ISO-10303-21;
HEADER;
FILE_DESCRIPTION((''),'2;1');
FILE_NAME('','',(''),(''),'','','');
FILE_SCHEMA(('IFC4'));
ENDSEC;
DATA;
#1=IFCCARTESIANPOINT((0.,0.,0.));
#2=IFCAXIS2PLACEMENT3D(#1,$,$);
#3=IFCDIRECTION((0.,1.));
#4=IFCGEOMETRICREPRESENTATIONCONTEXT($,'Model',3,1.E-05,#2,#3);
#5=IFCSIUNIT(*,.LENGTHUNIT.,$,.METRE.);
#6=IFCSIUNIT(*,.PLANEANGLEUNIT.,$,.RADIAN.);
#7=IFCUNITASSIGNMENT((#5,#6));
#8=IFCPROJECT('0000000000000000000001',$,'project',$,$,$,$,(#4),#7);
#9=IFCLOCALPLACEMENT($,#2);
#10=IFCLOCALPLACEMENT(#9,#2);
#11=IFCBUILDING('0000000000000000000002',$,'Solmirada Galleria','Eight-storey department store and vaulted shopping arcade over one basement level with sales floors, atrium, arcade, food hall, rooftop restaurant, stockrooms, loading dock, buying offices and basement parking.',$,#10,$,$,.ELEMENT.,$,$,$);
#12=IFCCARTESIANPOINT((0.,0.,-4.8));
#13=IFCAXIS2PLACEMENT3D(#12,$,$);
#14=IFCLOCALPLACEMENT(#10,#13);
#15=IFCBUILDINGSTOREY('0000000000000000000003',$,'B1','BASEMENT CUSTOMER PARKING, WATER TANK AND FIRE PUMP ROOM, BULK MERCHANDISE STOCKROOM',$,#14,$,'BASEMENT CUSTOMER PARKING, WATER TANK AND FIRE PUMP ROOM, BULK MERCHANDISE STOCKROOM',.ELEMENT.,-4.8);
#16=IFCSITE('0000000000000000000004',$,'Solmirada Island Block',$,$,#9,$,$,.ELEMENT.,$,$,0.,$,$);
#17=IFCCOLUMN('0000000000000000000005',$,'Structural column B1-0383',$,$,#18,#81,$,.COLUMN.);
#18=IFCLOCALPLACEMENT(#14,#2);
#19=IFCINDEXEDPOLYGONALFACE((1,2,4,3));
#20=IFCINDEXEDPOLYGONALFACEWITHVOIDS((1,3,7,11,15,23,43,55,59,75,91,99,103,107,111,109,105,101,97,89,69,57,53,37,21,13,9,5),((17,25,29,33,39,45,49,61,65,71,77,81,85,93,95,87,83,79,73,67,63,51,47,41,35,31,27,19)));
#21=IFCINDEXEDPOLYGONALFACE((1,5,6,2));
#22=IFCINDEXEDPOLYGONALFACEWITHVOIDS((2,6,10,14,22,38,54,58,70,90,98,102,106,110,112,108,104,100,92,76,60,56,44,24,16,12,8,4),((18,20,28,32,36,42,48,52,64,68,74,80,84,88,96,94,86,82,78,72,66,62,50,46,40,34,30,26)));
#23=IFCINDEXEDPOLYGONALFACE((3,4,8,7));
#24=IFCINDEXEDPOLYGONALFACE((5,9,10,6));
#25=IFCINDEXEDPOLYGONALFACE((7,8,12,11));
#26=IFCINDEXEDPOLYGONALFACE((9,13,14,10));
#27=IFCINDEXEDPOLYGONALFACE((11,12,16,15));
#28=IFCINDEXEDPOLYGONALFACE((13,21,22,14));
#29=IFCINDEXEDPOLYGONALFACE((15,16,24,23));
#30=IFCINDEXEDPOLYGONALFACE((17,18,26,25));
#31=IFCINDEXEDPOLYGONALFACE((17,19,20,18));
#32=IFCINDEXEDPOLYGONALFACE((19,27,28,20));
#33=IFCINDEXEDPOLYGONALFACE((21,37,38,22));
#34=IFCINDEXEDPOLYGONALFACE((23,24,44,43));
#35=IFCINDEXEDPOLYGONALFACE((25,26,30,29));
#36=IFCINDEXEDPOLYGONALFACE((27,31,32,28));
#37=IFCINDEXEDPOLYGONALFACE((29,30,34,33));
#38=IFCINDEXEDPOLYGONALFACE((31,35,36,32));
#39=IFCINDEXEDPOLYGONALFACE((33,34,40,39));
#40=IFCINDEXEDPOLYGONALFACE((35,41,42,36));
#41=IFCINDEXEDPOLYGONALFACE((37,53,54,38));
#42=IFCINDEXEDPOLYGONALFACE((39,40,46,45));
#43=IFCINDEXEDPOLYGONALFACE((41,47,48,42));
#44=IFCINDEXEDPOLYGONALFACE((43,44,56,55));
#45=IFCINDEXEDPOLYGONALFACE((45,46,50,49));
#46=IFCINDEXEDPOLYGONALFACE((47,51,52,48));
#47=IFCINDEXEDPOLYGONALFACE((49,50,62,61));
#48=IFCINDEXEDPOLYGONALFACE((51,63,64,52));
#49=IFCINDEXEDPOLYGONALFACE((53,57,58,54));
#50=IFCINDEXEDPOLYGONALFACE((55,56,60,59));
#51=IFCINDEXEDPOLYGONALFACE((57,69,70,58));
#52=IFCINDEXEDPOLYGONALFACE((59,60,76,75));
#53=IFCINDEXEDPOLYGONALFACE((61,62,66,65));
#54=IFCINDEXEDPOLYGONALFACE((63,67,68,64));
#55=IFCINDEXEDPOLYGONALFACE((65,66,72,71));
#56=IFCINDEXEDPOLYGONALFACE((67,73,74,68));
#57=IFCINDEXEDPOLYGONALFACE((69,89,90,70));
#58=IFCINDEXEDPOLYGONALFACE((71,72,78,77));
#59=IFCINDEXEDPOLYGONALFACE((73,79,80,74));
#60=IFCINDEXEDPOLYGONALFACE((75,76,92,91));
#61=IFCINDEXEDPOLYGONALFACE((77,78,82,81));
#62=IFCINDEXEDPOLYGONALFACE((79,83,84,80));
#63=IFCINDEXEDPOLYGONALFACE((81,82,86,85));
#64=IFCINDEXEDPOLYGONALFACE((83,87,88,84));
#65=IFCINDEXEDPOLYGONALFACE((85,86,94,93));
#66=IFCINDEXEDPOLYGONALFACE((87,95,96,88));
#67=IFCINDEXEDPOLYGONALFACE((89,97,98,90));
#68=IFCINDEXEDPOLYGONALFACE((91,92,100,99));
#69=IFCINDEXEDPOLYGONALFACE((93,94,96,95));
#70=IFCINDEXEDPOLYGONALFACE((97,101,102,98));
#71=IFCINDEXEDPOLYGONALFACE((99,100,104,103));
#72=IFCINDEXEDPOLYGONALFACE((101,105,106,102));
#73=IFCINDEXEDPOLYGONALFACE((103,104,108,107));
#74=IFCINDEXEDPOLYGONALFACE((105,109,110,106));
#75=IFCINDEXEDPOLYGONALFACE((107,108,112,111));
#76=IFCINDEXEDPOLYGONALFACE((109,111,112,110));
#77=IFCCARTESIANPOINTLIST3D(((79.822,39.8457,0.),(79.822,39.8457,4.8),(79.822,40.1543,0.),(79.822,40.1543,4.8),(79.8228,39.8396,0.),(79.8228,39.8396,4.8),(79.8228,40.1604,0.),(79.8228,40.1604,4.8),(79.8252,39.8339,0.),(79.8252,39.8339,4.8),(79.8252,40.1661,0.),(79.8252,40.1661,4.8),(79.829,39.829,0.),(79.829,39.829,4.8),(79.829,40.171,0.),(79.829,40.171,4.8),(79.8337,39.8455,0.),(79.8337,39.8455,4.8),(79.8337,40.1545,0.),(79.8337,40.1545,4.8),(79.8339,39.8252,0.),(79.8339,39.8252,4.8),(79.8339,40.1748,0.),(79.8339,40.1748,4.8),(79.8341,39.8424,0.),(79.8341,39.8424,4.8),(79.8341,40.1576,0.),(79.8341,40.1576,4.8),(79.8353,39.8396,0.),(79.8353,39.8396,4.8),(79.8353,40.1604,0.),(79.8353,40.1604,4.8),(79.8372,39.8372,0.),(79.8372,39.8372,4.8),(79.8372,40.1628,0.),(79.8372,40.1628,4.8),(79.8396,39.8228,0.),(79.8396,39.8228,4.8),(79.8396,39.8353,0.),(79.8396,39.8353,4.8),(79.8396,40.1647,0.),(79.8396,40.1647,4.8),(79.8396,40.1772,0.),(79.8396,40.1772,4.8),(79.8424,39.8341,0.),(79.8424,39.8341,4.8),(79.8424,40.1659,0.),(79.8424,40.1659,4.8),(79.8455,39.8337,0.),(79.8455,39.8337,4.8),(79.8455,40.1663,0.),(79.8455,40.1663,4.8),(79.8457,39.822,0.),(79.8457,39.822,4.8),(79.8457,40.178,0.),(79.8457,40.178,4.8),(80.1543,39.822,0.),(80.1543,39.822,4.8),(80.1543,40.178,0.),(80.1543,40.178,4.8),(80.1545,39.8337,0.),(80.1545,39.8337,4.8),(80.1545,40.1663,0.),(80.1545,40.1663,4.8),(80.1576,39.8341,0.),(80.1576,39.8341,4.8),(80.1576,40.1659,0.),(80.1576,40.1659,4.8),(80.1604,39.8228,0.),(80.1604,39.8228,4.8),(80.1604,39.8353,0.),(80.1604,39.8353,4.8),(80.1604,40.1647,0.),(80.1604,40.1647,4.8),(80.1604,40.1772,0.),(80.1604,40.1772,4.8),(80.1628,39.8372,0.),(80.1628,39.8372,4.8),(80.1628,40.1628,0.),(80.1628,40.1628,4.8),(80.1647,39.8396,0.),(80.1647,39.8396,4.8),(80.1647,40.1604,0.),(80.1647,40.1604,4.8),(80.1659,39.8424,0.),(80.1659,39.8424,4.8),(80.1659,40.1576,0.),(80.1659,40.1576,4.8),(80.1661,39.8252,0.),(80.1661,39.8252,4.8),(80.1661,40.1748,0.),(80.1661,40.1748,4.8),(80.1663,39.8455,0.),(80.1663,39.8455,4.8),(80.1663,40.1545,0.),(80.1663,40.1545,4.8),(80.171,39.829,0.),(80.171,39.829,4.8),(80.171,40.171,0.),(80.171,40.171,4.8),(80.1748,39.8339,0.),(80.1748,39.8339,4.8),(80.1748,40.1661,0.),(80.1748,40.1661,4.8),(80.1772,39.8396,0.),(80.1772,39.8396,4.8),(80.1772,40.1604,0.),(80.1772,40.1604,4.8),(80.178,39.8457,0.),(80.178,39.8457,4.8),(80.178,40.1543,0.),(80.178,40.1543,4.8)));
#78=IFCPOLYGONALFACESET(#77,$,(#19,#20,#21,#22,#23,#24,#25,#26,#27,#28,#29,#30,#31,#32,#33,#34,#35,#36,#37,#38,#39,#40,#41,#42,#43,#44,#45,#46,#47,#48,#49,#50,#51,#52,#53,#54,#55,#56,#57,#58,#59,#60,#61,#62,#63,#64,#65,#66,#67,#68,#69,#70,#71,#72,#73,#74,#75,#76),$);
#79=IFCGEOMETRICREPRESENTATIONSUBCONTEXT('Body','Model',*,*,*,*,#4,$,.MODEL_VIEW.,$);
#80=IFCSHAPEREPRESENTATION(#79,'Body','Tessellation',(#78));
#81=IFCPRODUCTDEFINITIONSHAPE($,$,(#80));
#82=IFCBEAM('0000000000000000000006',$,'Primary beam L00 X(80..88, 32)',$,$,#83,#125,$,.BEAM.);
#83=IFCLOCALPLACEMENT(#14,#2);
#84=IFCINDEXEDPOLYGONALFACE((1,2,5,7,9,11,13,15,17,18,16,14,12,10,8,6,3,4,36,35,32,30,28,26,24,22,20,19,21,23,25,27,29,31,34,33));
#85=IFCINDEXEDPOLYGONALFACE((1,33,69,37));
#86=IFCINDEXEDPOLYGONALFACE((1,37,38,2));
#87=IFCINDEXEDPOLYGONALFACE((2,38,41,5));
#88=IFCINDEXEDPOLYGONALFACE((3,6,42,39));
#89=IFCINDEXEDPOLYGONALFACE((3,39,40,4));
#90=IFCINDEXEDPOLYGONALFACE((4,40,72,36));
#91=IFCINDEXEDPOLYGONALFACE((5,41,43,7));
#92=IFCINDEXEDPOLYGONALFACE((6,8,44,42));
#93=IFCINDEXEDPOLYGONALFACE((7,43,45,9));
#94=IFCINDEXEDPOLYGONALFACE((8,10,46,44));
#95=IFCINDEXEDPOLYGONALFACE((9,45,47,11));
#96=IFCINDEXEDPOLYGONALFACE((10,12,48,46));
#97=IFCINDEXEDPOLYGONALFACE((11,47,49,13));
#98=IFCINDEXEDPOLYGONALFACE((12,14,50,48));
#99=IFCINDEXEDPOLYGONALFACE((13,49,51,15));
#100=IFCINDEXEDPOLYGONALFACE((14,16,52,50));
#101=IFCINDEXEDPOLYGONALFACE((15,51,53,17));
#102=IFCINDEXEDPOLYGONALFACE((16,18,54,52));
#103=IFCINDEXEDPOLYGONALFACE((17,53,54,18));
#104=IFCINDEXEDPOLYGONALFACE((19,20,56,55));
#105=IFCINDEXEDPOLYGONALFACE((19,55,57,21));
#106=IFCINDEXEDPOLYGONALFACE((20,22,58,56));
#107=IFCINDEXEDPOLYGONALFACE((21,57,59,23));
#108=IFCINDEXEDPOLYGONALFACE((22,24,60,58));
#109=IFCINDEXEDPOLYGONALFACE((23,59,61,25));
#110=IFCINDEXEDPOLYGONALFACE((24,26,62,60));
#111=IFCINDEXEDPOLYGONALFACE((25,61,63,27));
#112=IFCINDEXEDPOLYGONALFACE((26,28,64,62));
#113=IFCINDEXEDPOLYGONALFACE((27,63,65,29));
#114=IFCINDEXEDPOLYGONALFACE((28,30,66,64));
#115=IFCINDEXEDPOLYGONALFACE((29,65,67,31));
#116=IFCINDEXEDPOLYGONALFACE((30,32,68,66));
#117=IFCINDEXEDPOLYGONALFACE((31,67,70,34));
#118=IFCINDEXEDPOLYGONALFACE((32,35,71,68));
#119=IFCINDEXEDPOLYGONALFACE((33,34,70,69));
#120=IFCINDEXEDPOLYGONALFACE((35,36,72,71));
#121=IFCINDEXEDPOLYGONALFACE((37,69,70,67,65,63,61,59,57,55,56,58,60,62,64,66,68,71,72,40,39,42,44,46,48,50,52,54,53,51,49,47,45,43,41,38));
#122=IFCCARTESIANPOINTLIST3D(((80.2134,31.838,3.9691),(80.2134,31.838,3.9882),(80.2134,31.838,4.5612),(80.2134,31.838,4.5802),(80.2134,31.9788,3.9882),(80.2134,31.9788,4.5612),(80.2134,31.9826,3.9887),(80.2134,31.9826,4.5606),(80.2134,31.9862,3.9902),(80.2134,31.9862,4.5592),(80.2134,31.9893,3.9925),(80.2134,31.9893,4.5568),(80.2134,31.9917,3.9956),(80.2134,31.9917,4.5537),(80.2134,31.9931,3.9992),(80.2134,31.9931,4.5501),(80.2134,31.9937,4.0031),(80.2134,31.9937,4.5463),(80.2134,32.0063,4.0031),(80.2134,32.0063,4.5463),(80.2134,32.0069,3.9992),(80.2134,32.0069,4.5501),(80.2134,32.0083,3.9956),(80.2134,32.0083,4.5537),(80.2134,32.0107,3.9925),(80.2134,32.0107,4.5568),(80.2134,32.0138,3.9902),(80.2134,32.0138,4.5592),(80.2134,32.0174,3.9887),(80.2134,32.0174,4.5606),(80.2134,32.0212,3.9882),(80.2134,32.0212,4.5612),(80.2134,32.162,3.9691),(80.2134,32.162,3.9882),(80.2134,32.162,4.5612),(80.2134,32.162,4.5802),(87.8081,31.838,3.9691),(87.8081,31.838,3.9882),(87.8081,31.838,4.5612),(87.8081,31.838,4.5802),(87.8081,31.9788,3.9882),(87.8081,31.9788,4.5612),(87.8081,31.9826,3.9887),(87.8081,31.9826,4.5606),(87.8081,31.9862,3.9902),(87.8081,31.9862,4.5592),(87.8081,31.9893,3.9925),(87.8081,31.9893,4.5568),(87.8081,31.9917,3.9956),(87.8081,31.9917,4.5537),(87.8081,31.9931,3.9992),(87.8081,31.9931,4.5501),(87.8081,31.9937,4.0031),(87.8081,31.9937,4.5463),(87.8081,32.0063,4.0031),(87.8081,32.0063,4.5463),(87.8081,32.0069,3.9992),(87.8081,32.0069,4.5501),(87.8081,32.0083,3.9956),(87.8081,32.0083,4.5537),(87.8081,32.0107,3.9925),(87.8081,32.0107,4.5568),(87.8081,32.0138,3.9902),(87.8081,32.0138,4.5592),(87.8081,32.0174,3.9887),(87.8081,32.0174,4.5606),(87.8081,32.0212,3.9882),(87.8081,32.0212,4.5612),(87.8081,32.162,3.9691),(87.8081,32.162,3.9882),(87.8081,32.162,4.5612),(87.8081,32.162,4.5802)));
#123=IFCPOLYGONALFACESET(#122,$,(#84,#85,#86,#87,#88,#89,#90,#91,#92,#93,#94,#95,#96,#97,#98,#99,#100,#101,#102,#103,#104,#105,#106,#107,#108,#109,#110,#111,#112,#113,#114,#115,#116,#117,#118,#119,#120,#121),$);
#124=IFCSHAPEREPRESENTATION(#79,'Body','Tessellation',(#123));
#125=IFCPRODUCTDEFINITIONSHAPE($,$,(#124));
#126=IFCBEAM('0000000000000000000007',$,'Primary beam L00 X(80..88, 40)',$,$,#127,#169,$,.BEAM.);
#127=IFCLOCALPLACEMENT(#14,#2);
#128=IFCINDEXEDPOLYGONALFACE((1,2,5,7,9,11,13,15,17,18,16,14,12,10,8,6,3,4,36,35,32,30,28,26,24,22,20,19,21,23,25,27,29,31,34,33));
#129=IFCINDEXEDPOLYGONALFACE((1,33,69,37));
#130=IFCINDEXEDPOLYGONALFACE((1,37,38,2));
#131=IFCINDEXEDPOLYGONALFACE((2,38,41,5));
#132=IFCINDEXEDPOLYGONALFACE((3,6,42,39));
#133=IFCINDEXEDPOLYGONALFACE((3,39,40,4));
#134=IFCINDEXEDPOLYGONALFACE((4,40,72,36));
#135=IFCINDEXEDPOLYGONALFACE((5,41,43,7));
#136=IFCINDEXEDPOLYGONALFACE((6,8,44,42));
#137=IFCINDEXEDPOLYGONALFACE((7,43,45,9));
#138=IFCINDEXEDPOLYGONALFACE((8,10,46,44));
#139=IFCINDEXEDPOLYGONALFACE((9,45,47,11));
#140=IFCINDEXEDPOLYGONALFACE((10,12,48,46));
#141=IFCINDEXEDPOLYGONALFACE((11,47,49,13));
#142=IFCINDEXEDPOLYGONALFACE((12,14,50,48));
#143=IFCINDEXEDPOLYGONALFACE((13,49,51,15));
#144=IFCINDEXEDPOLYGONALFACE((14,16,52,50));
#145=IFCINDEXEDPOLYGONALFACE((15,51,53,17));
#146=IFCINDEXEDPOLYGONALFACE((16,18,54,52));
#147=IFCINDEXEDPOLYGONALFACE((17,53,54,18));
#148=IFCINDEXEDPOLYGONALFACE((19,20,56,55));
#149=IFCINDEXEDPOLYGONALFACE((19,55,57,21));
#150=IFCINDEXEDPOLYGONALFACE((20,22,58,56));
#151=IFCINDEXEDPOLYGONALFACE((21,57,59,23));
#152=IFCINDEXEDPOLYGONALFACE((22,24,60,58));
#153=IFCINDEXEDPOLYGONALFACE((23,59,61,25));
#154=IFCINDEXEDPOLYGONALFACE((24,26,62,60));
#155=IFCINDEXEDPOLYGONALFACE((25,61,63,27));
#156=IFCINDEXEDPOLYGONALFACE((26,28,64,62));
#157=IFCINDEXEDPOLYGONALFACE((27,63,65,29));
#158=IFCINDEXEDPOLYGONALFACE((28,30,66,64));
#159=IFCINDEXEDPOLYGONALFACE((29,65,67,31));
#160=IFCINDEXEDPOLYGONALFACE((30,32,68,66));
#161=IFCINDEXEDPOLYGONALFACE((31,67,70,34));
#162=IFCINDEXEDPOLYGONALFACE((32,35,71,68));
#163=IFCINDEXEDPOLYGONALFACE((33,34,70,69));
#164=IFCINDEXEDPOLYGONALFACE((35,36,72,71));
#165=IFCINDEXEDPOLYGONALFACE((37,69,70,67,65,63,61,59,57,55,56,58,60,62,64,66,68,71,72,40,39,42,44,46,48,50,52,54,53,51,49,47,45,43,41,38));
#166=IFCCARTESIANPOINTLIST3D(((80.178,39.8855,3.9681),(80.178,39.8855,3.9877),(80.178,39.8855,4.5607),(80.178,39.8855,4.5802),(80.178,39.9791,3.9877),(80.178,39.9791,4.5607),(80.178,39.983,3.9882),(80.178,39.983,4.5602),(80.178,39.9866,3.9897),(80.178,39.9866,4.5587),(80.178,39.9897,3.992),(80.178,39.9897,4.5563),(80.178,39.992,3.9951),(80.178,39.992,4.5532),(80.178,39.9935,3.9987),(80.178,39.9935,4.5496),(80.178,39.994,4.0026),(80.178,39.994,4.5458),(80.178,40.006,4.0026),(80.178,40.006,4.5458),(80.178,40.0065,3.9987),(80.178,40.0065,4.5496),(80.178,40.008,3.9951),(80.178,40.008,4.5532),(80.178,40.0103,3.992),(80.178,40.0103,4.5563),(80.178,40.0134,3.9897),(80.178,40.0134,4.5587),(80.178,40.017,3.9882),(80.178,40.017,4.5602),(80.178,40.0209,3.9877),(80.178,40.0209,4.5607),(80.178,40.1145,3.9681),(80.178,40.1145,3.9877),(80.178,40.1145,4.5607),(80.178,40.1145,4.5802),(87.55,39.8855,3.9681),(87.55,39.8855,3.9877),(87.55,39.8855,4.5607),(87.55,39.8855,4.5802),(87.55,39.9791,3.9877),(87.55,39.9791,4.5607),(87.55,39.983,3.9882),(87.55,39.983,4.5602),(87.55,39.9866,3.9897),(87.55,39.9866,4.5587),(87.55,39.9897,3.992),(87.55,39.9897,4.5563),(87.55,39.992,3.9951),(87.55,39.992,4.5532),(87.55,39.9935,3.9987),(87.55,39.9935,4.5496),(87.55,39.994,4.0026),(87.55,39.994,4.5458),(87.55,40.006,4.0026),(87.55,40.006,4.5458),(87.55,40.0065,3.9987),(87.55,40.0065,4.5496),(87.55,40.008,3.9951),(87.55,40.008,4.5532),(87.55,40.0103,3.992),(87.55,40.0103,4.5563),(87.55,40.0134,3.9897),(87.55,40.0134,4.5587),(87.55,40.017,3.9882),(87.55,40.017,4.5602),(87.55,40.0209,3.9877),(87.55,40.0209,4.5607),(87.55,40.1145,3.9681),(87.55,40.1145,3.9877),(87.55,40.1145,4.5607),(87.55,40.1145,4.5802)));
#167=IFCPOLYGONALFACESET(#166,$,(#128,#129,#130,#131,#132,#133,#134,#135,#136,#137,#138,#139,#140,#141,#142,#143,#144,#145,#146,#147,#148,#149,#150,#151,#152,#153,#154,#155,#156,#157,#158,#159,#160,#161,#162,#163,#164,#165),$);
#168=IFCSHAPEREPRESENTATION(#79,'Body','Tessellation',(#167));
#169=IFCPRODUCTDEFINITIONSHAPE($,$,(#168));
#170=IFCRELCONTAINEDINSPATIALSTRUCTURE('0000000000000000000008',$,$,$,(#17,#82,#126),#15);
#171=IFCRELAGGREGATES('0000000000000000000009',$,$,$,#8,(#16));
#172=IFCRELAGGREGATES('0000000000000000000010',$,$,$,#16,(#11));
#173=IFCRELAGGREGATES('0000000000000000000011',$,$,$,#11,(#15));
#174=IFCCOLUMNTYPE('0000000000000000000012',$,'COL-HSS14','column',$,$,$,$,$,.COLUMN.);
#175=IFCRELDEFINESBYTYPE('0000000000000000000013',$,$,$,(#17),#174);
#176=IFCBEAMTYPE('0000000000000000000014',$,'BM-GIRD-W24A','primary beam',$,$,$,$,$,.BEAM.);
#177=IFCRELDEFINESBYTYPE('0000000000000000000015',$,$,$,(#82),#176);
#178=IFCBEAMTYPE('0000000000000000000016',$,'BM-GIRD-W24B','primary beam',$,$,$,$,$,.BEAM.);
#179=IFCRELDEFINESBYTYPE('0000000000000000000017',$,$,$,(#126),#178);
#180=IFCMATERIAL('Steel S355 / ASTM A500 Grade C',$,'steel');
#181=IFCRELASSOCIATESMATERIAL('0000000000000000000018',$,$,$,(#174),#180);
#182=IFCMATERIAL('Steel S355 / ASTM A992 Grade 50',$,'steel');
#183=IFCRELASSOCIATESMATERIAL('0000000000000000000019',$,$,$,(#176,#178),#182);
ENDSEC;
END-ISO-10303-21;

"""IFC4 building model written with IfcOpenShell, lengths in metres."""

from ifc_helpers import new_model, si_unit, direction, frame, origin, origin_2d, place, context, subcontext, project, spatial, hollow_rectangle, i_section, extrude, material, material_profile, profile_set, type_object, element, save


model = new_model("IFC4")

# Units and contexts
model_context = context("Model", 3, precision=1e-05, world=origin(), true_north=direction((0.0, 1.0)))
body_context = subcontext(model_context, "Body", "Model", "MODEL_VIEW")
ifc_project = project(units=[si_unit("LENGTHUNIT", "METRE"), si_unit("PLANEANGLEUNIT", "RADIAN")], contexts=[model_context])

# Site, building, storey
site_placement = place(None, origin())
site = spatial("IfcSite", under=ifc_project, at=site_placement, Name="Solmirada Island Block", CompositionType="ELEMENT", RefElevation=0.0)
building_placement = place(site_placement, origin())
building = spatial("IfcBuilding", under=site, at=building_placement, Name="Solmirada Galleria", Description="Eight-storey department store and vaulted shopping arcade over one basement level with sales floors, atrium, arcade, food hall, rooftop restaurant, stockrooms, loading dock, buying offices and basement parking.", CompositionType="ELEMENT")
storey_placement = place(building_placement, frame((0.0, 0.0, -4.8)))
storey = spatial("IfcBuildingStorey", under=building, at=storey_placement, Name="B1", Description="BASEMENT CUSTOMER PARKING, WATER TANK AND FIRE PUMP ROOM, BULK MERCHANDISE STOCKROOM", LongName="BASEMENT CUSTOMER PARKING, WATER TANK AND FIRE PUMP ROOM, BULK MERCHANDISE STOCKROOM", CompositionType="ELEMENT", Elevation=-4.8)

# Column
ifc_material_1 = material(Name="Steel S355 / ASTM A500 Grade C", Category="steel")
ifc_material_profile_1 = material_profile(ifc_material_1, hollow_rectangle(XDim=0.356, YDim=0.356, WallThickness=0.0117, InnerFilletRadius=0.0117, OuterFilletRadius=0.0237, at=origin_2d()), Name="HSS14X14X1/2")
ifc_profile_set_1 = profile_set([ifc_material_profile_1], Name="Steel S355 / ASTM A500 Grade C")
column_type_1 = type_object("IfcColumnType", Name="COL-HSS14", Description="column", PredefinedType="COLUMN", material=ifc_profile_set_1)
column_1_placement = place(storey_placement, frame((80.0, 40.0, 0.0), z_axis=(0.0, 0.0, 1.0), x_axis=(1.0, 0.0, 0.0)))
element("IfcColumn", 1, at=column_1_placement, inside=storey, type_object=column_type_1, Name="Structural column B1-0383", PredefinedType="COLUMN", context=body_context, shape_type="SweptSolid", body=[
    extrude(hollow_rectangle(XDim=0.356, YDim=0.356, WallThickness=0.0117, InnerFilletRadius=0.0117, OuterFilletRadius=0.0237, at=origin_2d()), origin(), (0.0, 0.0, 1.0), 4.8),
])

# Beams
ifc_material_2 = material(Name="Steel S355 / ASTM A992 Grade 50", Category="steel")
ifc_material_profile_2 = material_profile(ifc_material_2, i_section(OverallWidth=0.324, OverallDepth=0.6111, WebThickness=0.0127, FlangeThickness=0.019, FilletRadius=0.0149, at=origin_2d()), Name="W24X104")
ifc_profile_set_2 = profile_set([ifc_material_profile_2], Name="Steel S355 / ASTM A992 Grade 50")
beam_type_1 = type_object("IfcBeamType", Name="BM-GIRD-W24A", Description="primary beam", PredefinedType="BEAM", material=ifc_profile_set_2)
beam_1_placement = place(storey_placement, frame((80.2134, 32.0, 4.2747), z_axis=(1.0, 0.0, 0.0), x_axis=(0.0, 1.0, 0.0)))
element("IfcBeam", 2, at=beam_1_placement, inside=storey, type_object=beam_type_1, Name="Primary beam L00 X(80..88, 32)", PredefinedType="BEAM", context=body_context, shape_type="SweptSolid", body=[
    extrude(i_section(OverallWidth=0.324, OverallDepth=0.6111, WebThickness=0.0127, FlangeThickness=0.019, FilletRadius=0.0149, at=origin_2d()), origin(), (0.0, 0.0, 1.0), 7.5947),
])
ifc_material_profile_3 = material_profile(ifc_material_2, i_section(OverallWidth=0.229, OverallDepth=0.6121, WebThickness=0.012, FlangeThickness=0.0195, FilletRadius=0.0149, at=origin_2d()), Name="W24X84")
ifc_profile_set_3 = profile_set([ifc_material_profile_3], Name="Steel S355 / ASTM A992 Grade 50")
beam_type_2 = type_object("IfcBeamType", Name="BM-GIRD-W24B", Description="primary beam", PredefinedType="BEAM", material=ifc_profile_set_3)
beam_2_placement = place(storey_placement, frame((80.178, 40.0, 4.2742), z_axis=(1.0, 0.0, 0.0), x_axis=(0.0, 1.0, 0.0)))
element("IfcBeam", 3, at=beam_2_placement, inside=storey, type_object=beam_type_2, Name="Primary beam L00 X(80..88, 40)", PredefinedType="BEAM", context=body_context, shape_type="SweptSolid", body=[
    extrude(i_section(OverallWidth=0.229, OverallDepth=0.6121, WebThickness=0.012, FlangeThickness=0.0195, FilletRadius=0.0149, at=origin_2d()), origin(), (0.0, 0.0, 1.0), 7.3721),
])

save(model, "model.ifc")
